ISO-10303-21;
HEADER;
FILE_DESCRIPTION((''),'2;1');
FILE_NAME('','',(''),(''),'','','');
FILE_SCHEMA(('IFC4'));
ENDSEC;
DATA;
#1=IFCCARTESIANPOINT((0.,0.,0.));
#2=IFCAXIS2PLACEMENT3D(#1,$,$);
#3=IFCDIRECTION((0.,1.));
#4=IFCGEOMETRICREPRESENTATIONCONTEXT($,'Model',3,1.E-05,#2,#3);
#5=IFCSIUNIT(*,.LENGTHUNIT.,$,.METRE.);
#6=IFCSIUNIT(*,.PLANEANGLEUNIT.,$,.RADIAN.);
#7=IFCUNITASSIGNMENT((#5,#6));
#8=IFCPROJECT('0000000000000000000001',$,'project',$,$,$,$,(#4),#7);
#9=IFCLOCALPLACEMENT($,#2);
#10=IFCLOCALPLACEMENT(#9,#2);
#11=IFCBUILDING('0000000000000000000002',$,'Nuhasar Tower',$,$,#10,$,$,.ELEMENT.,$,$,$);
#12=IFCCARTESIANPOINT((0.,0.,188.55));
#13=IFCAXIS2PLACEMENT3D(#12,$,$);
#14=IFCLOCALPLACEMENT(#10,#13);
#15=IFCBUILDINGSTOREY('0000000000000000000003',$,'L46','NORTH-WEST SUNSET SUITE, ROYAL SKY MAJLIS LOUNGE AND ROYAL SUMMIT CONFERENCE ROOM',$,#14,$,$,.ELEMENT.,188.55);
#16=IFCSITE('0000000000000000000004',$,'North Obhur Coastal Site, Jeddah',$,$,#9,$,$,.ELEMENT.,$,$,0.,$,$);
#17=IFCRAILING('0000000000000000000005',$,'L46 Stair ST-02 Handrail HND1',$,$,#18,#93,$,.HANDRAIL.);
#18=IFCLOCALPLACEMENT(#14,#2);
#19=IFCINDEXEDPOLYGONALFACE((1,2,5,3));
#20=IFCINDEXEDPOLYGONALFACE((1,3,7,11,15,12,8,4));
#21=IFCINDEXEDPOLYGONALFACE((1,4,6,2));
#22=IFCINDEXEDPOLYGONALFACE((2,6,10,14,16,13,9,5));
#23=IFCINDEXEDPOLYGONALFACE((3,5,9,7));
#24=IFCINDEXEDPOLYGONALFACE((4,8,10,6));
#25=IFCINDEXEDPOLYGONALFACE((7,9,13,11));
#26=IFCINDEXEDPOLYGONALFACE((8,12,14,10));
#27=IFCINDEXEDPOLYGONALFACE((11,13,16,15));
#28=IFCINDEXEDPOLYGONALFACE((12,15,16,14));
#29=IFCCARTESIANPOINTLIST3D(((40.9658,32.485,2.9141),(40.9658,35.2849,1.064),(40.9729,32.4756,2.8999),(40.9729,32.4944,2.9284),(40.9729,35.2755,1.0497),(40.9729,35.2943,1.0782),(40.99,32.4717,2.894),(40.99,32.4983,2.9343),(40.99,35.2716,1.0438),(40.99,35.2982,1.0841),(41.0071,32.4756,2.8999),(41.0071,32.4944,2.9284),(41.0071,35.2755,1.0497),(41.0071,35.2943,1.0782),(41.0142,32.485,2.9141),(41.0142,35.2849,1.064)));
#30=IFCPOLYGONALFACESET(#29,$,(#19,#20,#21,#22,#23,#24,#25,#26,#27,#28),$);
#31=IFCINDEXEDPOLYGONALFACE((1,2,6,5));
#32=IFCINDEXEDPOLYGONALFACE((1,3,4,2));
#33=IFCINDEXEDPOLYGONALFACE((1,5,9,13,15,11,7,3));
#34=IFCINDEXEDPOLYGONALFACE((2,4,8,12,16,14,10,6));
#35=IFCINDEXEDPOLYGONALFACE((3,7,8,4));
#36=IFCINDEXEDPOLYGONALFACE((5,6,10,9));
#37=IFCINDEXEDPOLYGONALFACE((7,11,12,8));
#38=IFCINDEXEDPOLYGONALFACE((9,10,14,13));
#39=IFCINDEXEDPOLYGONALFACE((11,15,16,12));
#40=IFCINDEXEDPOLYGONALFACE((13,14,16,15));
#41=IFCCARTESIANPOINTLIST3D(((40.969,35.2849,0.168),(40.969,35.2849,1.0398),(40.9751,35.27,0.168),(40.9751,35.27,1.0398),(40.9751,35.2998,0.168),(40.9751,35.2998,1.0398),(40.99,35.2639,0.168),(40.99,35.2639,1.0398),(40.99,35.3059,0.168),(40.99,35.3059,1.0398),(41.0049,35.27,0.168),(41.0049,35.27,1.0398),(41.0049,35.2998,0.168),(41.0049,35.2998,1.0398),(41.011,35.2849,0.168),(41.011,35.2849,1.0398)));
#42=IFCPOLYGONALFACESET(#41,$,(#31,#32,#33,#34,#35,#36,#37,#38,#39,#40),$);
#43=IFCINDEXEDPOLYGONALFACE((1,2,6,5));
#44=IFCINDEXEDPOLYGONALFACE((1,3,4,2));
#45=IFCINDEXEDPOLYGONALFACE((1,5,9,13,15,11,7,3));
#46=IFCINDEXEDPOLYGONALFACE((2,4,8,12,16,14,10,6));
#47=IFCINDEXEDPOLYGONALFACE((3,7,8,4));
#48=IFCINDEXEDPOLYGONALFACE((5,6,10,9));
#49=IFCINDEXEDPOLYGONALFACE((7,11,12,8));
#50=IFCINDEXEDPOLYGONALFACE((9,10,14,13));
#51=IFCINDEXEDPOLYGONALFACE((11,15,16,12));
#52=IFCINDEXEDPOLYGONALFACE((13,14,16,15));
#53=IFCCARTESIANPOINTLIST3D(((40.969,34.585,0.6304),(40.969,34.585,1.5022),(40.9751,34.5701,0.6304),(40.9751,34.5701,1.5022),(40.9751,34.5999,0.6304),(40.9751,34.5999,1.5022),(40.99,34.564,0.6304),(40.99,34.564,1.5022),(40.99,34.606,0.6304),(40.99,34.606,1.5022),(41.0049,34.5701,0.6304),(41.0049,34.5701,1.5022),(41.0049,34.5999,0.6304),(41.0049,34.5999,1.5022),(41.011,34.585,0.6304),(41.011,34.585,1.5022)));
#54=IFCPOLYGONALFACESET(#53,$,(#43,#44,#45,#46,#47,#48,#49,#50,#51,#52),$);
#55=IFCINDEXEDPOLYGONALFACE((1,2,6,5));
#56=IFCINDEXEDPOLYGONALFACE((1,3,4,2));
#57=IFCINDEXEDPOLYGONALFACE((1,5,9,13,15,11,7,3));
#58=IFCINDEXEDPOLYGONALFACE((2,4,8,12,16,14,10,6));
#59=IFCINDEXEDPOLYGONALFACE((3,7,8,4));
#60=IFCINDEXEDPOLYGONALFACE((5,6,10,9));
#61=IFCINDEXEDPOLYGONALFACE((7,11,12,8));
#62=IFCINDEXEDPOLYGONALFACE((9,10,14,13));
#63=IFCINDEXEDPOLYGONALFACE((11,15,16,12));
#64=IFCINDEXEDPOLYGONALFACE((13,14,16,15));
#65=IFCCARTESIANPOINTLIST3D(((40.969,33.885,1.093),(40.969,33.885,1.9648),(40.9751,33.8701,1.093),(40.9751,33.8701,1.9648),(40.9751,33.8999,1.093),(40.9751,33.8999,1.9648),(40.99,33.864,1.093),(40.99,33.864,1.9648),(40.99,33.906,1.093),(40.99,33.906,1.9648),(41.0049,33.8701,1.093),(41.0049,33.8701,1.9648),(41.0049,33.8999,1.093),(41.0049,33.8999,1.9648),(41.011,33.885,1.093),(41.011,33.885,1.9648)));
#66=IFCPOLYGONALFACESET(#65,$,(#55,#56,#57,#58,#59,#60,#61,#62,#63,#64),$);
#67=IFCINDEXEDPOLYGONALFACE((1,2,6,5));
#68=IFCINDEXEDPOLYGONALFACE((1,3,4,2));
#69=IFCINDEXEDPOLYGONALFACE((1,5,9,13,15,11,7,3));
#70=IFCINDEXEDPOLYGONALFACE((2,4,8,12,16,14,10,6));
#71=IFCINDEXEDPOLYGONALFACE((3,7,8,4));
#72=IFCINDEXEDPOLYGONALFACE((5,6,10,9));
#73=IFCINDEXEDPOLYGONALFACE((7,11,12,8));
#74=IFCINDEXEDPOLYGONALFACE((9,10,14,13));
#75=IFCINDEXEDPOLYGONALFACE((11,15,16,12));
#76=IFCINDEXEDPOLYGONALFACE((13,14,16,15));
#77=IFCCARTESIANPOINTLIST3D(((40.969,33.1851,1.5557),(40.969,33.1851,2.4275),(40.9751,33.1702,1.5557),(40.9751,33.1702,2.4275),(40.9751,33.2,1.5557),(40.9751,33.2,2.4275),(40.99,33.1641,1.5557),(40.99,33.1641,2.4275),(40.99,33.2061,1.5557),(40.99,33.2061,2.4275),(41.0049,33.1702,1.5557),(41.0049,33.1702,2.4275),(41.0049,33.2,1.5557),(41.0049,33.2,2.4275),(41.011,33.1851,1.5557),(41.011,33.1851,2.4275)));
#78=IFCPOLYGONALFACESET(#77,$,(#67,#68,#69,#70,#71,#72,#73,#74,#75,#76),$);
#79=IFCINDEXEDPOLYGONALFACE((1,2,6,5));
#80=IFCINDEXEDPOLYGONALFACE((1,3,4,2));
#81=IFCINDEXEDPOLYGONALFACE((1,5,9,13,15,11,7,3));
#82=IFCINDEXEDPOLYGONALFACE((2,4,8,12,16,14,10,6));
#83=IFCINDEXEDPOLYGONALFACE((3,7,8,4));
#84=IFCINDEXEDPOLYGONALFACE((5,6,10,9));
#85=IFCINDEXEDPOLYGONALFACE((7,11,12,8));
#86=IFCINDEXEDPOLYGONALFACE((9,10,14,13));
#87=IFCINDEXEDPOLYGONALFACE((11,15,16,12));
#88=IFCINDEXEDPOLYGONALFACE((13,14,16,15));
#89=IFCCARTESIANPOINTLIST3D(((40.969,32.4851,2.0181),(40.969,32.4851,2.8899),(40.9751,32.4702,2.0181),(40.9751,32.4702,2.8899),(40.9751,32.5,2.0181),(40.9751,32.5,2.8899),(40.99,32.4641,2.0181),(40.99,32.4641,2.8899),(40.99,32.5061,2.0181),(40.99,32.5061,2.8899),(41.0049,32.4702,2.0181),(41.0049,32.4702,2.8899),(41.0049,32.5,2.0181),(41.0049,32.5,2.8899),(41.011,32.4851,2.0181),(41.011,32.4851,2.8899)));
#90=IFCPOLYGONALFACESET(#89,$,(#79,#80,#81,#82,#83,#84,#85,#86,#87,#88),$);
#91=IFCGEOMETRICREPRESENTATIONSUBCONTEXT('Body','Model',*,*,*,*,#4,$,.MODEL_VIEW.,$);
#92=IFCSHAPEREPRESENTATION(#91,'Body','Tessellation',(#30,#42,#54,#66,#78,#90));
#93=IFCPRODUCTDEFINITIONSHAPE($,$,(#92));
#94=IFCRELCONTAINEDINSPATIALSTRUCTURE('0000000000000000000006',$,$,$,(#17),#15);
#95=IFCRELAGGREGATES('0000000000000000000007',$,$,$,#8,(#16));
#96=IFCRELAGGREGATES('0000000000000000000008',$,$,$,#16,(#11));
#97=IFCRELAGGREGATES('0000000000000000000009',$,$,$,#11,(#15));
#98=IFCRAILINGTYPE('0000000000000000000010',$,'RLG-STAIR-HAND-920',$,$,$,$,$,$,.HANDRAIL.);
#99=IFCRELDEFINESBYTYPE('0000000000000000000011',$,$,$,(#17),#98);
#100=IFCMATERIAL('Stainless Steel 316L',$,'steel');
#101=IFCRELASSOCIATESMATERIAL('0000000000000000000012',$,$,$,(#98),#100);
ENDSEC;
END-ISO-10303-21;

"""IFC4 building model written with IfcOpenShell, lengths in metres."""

from ifc_helpers import new_model, si_unit, direction, frame, origin, place, context, subcontext, project, spatial, polyline, outline, extrude, material, type_object, element, save


model = new_model("IFC4")

# Units and contexts
model_context = context("Model", 3, precision=1e-05, world=origin(), true_north=direction((0.0, 1.0)))
body_context = subcontext(model_context, "Body", "Model", "MODEL_VIEW")
ifc_project = project(units=[si_unit("LENGTHUNIT", "METRE"), si_unit("PLANEANGLEUNIT", "RADIAN")], contexts=[model_context])

# Site, building, storey
site_placement = place(None, origin())
site = spatial("IfcSite", under=ifc_project, at=site_placement, Name="North Obhur Coastal Site, Jeddah", CompositionType="ELEMENT", RefElevation=0.0)
building_placement = place(site_placement, origin())
building = spatial("IfcBuilding", under=site, at=building_placement, Name="Nuhasar Tower", CompositionType="ELEMENT")
storey_placement = place(building_placement, frame((0.0, 0.0, 188.55)))
storey = spatial("IfcBuildingStorey", under=building, at=storey_placement, Name="L46", Description="NORTH-WEST SUNSET SUITE, ROYAL SKY MAJLIS LOUNGE AND ROYAL SUMMIT CONFERENCE ROOM", CompositionType="ELEMENT", Elevation=188.55)

# Railing
ifc_material_1 = material(Name="Stainless Steel 316L", Category="steel")
railing_type_1 = type_object("IfcRailingType", Name="RLG-STAIR-HAND-920", PredefinedType="HANDRAIL", material=ifc_material_1)
railing_1_placement = place(storey_placement, frame((40.99, 35.2849, 0.168)))
element("IfcRailing", 1, at=railing_1_placement, inside=storey, type_object=railing_type_1, Name="L46 Stair ST-02 Handrail HND1", PredefinedType="HANDRAIL", context=body_context, shape_type="SweptSolid", body=[
    extrude(outline(polyline([(0.0242, 0.0), (0.0171, 0.0171), (0.0, 0.0242), (-0.0171, 0.0171), (-0.0242, 0.0), (-0.0171, -0.0171), (0.0, -0.0242), (0.0171, -0.0171), (0.0242, 0.0)])), frame((0.0, 0.0, 0.896), z_axis=(0.0, -0.834304, 0.551304), x_axis=(1.0, 0.0, 0.0)), (0.0, 0.0, 1.0), 3.356),
    extrude(outline(polyline([(0.021, 0.0), (0.0149, 0.0149), (0.0, 0.021), (-0.0149, 0.0149), (-0.021, 0.0), (-0.0149, -0.0149), (0.0, -0.021), (0.0149, -0.0149), (0.021, 0.0)])), origin(), (0.0, 0.0, 1.0), 0.8718),
    extrude(outline(polyline([(0.021, 0.0), (0.0149, 0.0149), (0.0, 0.021), (-0.0149, 0.0149), (-0.021, 0.0), (-0.0149, -0.0149), (0.0, -0.021), (0.0149, -0.0149), (0.021, 0.0)])), frame((0.0, -0.7, 0.4624)), (0.0, 0.0, 1.0), 0.8718),
    extrude(outline(polyline([(0.021, 0.0), (0.0149, 0.0149), (0.0, 0.021), (-0.0149, 0.0149), (-0.021, 0.0), (-0.0149, -0.0149), (0.0, -0.021), (0.0149, -0.0149), (0.021, 0.0)])), frame((0.0, -1.3999, 0.925)), (0.0, 0.0, 1.0), 0.8718),
    extrude(outline(polyline([(0.021, 0.0), (0.0149, 0.0149), (0.0, 0.021), (-0.0149, 0.0149), (-0.021, 0.0), (-0.0149, -0.0149), (0.0, -0.021), (0.0149, -0.0149), (0.021, 0.0)])), frame((0.0, -2.0999, 1.3877)), (0.0, 0.0, 1.0), 0.8718),
    extrude(outline(polyline([(0.021, 0.0), (0.0149, 0.0149), (0.0, 0.021), (-0.0149, 0.0149), (-0.021, 0.0), (-0.0149, -0.0149), (0.0, -0.021), (0.0149, -0.0149), (0.021, 0.0)])), frame((0.0, -2.7998, 1.8501)), (0.0, 0.0, 1.0), 0.8718),
])

save(model, "model.ifc")
